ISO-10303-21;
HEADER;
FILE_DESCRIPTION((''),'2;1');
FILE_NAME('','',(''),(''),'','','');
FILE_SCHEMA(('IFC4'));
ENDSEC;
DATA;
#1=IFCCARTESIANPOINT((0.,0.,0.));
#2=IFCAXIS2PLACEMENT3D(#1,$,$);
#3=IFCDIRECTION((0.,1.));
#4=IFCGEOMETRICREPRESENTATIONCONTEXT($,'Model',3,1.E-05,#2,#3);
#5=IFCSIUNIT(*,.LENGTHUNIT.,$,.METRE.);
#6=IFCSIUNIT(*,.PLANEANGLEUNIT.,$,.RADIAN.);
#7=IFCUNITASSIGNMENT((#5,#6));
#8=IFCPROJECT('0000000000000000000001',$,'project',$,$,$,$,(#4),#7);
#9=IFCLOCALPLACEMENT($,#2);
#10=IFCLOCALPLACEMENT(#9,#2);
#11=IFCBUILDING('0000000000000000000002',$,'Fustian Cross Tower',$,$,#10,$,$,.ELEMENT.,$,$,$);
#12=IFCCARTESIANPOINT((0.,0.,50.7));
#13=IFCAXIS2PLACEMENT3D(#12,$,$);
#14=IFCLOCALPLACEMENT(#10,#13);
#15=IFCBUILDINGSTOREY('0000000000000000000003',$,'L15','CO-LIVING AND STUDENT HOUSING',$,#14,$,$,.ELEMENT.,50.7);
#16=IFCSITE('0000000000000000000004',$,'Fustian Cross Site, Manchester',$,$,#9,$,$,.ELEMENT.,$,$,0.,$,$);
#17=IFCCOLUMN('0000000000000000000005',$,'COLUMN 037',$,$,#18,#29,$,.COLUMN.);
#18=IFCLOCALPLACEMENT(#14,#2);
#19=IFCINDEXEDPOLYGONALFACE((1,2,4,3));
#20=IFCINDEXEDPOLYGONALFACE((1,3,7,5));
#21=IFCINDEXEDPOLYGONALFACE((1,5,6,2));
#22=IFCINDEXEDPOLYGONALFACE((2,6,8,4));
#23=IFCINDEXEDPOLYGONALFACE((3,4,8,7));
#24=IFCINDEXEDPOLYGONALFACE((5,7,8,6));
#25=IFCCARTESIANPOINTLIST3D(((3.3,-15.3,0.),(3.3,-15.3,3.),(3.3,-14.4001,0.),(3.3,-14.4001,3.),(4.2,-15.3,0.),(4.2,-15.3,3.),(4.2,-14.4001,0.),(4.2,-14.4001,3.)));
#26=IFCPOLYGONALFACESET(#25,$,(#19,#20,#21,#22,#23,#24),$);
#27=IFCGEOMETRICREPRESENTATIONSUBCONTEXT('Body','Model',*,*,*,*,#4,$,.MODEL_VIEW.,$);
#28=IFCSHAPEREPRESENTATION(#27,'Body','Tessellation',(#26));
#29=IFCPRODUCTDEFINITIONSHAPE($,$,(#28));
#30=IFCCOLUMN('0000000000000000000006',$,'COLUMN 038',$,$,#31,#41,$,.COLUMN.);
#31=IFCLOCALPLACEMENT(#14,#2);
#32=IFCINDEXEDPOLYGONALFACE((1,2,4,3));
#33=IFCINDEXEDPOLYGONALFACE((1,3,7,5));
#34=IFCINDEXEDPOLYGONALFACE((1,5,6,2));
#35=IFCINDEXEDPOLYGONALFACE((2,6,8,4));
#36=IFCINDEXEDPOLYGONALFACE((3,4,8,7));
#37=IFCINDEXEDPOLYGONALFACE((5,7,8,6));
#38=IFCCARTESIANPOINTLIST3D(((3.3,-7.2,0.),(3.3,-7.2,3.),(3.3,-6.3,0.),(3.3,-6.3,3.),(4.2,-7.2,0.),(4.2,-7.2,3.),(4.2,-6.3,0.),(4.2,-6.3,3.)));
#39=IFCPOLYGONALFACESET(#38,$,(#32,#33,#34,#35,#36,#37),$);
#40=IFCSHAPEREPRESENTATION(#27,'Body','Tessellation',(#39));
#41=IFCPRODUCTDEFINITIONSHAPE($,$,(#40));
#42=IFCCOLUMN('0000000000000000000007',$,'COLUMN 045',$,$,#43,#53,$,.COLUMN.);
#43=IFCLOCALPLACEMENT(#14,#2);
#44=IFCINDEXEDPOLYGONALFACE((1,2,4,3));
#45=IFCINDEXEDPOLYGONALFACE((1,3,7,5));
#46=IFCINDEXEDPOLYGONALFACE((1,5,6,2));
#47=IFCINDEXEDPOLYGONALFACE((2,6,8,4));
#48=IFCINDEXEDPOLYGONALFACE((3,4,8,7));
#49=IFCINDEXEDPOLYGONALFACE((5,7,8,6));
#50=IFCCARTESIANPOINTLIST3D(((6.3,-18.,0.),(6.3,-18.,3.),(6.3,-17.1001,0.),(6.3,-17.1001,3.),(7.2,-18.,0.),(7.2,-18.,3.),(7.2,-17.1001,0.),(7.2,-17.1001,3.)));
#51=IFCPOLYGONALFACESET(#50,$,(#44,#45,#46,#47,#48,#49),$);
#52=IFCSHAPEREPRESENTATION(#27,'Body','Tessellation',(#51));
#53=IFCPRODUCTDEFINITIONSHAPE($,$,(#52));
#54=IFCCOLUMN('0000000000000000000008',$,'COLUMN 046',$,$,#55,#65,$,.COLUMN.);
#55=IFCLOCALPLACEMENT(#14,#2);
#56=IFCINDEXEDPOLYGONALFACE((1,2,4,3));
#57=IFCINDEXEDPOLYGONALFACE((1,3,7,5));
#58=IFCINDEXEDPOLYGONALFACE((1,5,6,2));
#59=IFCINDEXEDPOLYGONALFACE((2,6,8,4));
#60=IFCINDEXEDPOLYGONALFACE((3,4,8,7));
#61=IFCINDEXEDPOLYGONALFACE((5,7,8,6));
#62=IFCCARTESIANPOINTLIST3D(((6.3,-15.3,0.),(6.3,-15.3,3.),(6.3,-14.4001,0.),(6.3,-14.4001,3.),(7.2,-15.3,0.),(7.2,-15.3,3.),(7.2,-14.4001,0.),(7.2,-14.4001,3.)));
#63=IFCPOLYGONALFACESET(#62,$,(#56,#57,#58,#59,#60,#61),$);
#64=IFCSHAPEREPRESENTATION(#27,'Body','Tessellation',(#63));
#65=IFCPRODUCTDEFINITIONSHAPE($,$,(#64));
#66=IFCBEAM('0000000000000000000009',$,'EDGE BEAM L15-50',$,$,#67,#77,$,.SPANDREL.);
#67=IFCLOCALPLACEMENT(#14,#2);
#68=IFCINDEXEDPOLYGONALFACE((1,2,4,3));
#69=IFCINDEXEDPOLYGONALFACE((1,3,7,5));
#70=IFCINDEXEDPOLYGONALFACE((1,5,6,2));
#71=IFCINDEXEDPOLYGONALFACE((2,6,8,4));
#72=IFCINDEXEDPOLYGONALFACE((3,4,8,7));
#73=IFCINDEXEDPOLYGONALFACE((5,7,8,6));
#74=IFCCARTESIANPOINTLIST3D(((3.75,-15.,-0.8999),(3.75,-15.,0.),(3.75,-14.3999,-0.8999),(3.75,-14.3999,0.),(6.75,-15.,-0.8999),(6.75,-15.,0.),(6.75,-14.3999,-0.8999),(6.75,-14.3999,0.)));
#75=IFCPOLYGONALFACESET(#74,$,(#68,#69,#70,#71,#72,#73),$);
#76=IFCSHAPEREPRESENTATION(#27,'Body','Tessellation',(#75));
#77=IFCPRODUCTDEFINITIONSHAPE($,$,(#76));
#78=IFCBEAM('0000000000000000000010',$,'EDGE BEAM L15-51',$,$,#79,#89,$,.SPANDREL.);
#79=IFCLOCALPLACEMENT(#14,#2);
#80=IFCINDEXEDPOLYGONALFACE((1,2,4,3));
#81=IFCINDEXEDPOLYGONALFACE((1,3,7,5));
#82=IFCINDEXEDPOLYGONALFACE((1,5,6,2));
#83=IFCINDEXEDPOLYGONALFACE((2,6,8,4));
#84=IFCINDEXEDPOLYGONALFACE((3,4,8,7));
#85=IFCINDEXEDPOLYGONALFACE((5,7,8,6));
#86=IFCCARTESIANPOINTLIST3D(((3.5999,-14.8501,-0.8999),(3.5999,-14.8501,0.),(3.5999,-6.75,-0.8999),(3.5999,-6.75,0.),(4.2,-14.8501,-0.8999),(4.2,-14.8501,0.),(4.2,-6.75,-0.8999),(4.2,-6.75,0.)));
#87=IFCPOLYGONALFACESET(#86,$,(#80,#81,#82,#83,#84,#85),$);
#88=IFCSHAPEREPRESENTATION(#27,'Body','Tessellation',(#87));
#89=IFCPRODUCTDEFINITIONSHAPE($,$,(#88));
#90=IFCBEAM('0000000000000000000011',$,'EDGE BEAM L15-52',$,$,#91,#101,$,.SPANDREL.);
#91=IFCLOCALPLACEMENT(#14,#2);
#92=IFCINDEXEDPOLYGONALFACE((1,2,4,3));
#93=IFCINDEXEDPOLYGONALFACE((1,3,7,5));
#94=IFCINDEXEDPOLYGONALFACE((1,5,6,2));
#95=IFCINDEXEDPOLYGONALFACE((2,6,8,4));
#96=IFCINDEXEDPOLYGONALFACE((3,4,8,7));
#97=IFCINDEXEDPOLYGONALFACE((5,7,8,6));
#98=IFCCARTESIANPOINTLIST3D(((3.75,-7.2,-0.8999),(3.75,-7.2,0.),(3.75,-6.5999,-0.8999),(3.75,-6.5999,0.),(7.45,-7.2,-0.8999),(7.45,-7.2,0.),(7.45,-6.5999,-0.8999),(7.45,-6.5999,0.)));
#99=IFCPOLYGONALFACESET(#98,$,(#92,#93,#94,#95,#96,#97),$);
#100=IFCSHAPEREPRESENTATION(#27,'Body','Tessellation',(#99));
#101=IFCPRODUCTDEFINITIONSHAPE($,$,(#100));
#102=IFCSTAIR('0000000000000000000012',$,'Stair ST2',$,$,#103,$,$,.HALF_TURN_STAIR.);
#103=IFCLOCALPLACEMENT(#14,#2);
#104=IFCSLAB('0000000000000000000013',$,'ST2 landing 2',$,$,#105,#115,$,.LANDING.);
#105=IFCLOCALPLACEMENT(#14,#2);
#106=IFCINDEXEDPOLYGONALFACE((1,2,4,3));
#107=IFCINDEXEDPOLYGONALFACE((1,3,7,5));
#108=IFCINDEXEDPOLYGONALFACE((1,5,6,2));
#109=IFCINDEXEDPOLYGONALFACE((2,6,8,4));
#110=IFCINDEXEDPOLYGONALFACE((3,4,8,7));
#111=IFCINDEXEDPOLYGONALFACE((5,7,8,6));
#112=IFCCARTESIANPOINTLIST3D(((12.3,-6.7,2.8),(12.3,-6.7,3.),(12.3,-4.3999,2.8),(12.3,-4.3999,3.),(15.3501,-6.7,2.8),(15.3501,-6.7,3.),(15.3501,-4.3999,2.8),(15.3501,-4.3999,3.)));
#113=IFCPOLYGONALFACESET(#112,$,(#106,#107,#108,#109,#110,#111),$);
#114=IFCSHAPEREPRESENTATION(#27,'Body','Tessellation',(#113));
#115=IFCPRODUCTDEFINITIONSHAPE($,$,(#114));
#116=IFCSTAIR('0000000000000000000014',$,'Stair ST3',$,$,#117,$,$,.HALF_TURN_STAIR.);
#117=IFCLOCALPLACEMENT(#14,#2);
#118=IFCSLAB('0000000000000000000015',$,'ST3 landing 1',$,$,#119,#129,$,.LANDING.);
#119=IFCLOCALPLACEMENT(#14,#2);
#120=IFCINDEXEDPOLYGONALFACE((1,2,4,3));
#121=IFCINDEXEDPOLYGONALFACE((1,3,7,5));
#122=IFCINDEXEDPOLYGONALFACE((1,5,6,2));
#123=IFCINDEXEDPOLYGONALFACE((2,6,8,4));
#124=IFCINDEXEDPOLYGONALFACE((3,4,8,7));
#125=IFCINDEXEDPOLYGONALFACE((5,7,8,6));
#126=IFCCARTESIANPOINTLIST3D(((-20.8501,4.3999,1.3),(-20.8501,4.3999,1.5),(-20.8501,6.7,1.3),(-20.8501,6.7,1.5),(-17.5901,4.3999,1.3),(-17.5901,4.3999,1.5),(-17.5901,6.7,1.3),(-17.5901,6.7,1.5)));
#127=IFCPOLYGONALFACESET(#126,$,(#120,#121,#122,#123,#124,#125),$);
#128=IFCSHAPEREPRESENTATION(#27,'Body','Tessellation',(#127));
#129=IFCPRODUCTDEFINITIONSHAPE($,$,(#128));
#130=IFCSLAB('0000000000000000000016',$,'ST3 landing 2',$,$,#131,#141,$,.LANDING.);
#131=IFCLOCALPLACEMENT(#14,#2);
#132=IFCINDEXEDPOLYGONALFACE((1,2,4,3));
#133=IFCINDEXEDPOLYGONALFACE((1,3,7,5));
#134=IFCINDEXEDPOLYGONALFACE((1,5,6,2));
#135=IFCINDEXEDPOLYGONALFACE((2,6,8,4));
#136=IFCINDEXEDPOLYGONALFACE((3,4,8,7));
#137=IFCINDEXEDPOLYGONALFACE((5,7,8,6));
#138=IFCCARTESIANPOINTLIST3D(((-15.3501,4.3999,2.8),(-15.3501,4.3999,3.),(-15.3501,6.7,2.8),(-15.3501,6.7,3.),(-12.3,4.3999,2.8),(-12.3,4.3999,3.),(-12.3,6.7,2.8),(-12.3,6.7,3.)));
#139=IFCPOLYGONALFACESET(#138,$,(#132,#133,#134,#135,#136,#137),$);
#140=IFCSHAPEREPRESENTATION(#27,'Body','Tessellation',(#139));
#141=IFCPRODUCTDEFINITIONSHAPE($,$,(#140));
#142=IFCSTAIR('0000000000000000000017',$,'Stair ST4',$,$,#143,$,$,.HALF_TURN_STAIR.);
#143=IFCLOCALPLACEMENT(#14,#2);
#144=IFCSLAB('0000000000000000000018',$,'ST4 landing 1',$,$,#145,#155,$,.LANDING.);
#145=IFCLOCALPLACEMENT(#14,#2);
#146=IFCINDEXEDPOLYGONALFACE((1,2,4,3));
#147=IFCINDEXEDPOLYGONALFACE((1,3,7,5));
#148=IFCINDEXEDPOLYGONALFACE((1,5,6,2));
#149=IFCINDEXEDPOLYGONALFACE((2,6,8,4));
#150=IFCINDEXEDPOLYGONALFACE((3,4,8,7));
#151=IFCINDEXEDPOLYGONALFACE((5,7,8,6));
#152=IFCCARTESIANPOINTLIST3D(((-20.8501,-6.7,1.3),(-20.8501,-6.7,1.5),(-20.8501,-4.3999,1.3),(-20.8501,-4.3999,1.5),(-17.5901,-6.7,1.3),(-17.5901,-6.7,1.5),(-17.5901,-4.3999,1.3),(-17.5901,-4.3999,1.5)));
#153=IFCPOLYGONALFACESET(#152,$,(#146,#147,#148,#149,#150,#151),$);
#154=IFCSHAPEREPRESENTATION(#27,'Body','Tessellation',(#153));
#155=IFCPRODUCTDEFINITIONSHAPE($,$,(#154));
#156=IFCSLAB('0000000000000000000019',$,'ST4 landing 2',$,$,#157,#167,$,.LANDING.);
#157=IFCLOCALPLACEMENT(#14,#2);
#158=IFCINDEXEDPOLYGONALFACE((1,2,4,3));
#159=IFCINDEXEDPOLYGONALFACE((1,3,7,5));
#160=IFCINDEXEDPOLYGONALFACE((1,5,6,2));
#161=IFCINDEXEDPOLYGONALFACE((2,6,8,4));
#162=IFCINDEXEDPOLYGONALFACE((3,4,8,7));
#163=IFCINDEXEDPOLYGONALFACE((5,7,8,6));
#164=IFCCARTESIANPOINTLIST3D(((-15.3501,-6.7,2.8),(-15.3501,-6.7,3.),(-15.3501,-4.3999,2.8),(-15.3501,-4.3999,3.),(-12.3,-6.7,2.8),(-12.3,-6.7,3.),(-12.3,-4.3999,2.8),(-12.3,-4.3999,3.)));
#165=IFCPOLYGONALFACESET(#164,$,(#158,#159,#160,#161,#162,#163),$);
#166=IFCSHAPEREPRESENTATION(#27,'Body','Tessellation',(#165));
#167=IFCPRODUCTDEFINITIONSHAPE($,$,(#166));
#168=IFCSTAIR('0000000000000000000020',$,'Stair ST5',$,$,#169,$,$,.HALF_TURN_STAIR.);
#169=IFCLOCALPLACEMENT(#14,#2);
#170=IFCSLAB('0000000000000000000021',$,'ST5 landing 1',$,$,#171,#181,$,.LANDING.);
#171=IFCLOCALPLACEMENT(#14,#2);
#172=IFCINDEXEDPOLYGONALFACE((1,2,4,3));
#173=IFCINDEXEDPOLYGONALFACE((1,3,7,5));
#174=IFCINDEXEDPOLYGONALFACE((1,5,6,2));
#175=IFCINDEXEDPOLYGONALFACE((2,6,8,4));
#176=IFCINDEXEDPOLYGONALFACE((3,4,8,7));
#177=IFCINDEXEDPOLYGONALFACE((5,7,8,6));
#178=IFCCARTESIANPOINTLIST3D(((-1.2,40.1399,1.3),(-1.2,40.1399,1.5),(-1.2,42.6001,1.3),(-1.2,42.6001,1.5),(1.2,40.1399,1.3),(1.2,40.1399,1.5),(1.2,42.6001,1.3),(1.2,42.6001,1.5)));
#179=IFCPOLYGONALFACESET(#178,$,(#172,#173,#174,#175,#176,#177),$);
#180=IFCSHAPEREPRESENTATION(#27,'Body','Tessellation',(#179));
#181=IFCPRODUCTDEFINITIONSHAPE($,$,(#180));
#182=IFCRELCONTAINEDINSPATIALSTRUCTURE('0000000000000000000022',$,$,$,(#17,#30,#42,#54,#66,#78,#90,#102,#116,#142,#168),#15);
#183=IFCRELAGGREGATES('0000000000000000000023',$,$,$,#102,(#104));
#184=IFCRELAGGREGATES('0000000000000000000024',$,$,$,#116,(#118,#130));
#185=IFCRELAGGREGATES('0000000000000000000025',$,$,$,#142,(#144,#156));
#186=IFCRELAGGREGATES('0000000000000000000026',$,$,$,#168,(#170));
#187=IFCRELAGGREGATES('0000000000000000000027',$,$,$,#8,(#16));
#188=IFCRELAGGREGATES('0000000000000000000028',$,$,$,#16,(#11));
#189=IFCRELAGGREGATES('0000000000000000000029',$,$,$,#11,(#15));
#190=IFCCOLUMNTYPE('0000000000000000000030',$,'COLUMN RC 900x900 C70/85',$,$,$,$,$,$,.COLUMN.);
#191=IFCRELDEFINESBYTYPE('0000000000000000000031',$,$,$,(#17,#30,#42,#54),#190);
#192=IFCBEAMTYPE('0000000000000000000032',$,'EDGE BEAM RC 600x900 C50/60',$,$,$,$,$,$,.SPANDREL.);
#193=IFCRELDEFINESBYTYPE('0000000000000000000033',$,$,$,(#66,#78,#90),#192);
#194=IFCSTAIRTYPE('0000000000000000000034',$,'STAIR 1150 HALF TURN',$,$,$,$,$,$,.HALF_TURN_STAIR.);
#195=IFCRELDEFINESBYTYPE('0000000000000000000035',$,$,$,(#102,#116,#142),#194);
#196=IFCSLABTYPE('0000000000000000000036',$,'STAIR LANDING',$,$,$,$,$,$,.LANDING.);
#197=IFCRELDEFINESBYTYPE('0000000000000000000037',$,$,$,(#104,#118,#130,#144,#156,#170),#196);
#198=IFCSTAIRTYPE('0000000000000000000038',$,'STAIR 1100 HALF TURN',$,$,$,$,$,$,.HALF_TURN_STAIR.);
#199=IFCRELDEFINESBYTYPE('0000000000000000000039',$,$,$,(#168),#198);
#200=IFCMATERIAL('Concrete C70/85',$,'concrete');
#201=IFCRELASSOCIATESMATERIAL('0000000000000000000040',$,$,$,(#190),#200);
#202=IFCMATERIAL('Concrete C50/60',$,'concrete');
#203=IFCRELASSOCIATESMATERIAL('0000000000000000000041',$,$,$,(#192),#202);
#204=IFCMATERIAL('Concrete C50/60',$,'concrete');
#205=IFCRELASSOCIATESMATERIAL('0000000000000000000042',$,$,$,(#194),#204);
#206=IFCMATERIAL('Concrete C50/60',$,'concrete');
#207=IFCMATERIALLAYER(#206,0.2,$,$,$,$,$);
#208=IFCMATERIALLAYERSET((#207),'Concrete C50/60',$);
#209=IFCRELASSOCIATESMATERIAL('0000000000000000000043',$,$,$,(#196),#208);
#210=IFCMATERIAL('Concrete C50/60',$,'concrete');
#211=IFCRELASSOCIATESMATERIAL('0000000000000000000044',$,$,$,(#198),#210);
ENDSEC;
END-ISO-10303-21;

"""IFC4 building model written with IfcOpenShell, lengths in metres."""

from ifc_helpers import new_model, si_unit, direction, frame, origin, origin_2d, place, context, subcontext, project, spatial, polyline, rectangle, outline, extrude, material, layer, layer_set, material_profile, profile_set, type_object, element, aggregate, save


model = new_model("IFC4")

# Units and contexts
model_context = context("Model", 3, precision=1e-05, world=origin(), true_north=direction((0.0, 1.0)))
body_context = subcontext(model_context, "Body", "Model", "MODEL_VIEW")
ifc_project = project(units=[si_unit("LENGTHUNIT", "METRE"), si_unit("PLANEANGLEUNIT", "RADIAN")], contexts=[model_context])

# Site, building, storey
site_placement = place(None, origin())
site = spatial("IfcSite", under=ifc_project, at=site_placement, Name="Fustian Cross Site, Manchester", CompositionType="ELEMENT", RefElevation=0.0)
building_placement = place(site_placement, origin())
building = spatial("IfcBuilding", under=site, at=building_placement, Name="Fustian Cross Tower", CompositionType="ELEMENT")
storey_placement = place(building_placement, frame((0.0, 0.0, 50.7)))
storey = spatial("IfcBuildingStorey", under=building, at=storey_placement, Name="L15", Description="CO-LIVING AND STUDENT HOUSING", CompositionType="ELEMENT", Elevation=50.7)

# Columns
ifc_material_1 = material(Name="Concrete C70/85", Category="concrete")
ifc_material_profile_1 = material_profile(ifc_material_1, rectangle(XDim=0.8999, YDim=0.8999, at=origin_2d()), Name="RC 900x900")
ifc_profile_set_1 = profile_set([ifc_material_profile_1], Name="Concrete C70/85")
column_type = type_object("IfcColumnType", Name="COLUMN RC 900x900 C70/85", PredefinedType="COLUMN", material=ifc_profile_set_1)
for number, where, z_axis, x_axis, name in (
    (1, (3.75, -14.8501, 0.0), (0.0, 0.0, 1.0), (1.0, 0.0, 0.0), "COLUMN 037"),
    (2, (3.75, -6.75, 0.0), (0.0, 0.0, 1.0), (1.0, 0.0, 0.0), "COLUMN 038"),
    (3, (6.75, -17.55, 0.0), (0.0, 0.0, 1.0), (1.0, 0.0, 0.0), "COLUMN 045"),
    (4, (6.75, -14.8501, 0.0), (0.0, 0.0, 1.0), (1.0, 0.0, 0.0), "COLUMN 046"),
):
    element("IfcColumn", number, at=place(storey_placement, frame(where, z_axis=z_axis, x_axis=x_axis)), inside=storey, type_object=column_type, Name=name, PredefinedType="COLUMN", context=body_context, shape_type="SweptSolid", body=[
        extrude(rectangle(XDim=0.8999, YDim=0.8999, at=origin_2d()), origin(), (0.0, 0.0, 1.0), 3.0),
    ])

# Beams
ifc_material_2 = material(Name="Concrete C50/60", Category="concrete")
ifc_material_profile_2 = material_profile(ifc_material_2, rectangle(XDim=0.6001, YDim=0.8999, at=origin_2d()), Name="RC 600x900")
ifc_profile_set_2 = profile_set([ifc_material_profile_2], Name="Concrete C50/60")
beam_type = type_object("IfcBeamType", Name="EDGE BEAM RC 600x900 C50/60", PredefinedType="SPANDREL", material=ifc_profile_set_2)
beam_1_placement = place(storey_placement, frame((6.75, -14.7, -0.45), z_axis=(-1.0, 0.0, 0.0), x_axis=(0.0, -1.0, 0.0)))
element("IfcBeam", 5, at=beam_1_placement, inside=storey, type_object=beam_type, Name="EDGE BEAM L15-50", PredefinedType="SPANDREL", context=body_context, shape_type="SweptSolid", body=[
    extrude(rectangle(XDim=0.6001, YDim=0.8999, at=origin_2d()), origin(), (0.0, 0.0, 1.0), 3.0),
])
beam_2_placement = place(storey_placement, frame((3.8999, -14.8501, -0.45), z_axis=(0.0, 1.0, 0.0), x_axis=(-1.0, 0.0, 0.0)))
element("IfcBeam", 6, at=beam_2_placement, inside=storey, type_object=beam_type, Name="EDGE BEAM L15-51", PredefinedType="SPANDREL", context=body_context, shape_type="SweptSolid", body=[
    extrude(rectangle(XDim=0.6001, YDim=0.8999, at=origin_2d()), origin(), (0.0, 0.0, 1.0), 8.1001),
])
beam_3_placement = place(storey_placement, frame((3.75, -6.8999, -0.45), z_axis=(1.0, 0.0, 0.0), x_axis=(0.0, 1.0, 0.0)))
element("IfcBeam", 7, at=beam_3_placement, inside=storey, type_object=beam_type, Name="EDGE BEAM L15-52", PredefinedType="SPANDREL", context=body_context, shape_type="SweptSolid", body=[
    extrude(rectangle(XDim=0.6001, YDim=0.8999, at=origin_2d()), origin(), (0.0, 0.0, 1.0), 3.7),
])

# Stair, slab
ifc_material_3 = material(Name="Concrete C50/60", Category="concrete")
stair_type_1 = type_object("IfcStairType", Name="STAIR 1150 HALF TURN", PredefinedType="HALF_TURN_STAIR", material=ifc_material_3)
stair_1_placement = place(storey_placement, origin())
stair_1 = element("IfcStair", 8, at=stair_1_placement, inside=storey, type_object=stair_type_1, Name="Stair ST2", PredefinedType="HALF_TURN_STAIR")
ifc_material_4 = material(Name="Concrete C50/60", Category="concrete")
ifc_layer_1 = layer(ifc_material_4, 0.2)
ifc_layer_set_1 = layer_set([ifc_layer_1], Name="Concrete C50/60")
slab_type = type_object("IfcSlabType", Name="STAIR LANDING", PredefinedType="LANDING", material=ifc_layer_set_1)
slab_1_placement = place(storey_placement, frame((0.0, 0.0, 2.8)))
slab_1 = element("IfcSlab", 9, at=slab_1_placement, type_object=slab_type, Name="ST2 landing 2", PredefinedType="LANDING", context=body_context, shape_type="SweptSolid", body=[
    extrude(outline(polyline([(12.3, -4.3999), (15.3501, -4.3999), (15.3501, -6.7), (12.3, -6.7), (12.3, -4.3999)])), origin(), (0.0, 0.0, 1.0), 0.2),
])
aggregate(stair_1, [slab_1])

# Stairs, slabs
stair_2_placement = place(storey_placement, origin())
stair_2 = element("IfcStair", 10, at=stair_2_placement, inside=storey, type_object=stair_type_1, Name="Stair ST3", PredefinedType="HALF_TURN_STAIR")
slab_2_placement = place(storey_placement, frame((0.0, 0.0, 1.3)))
slab_2 = element("IfcSlab", 11, at=slab_2_placement, type_object=slab_type, Name="ST3 landing 1", PredefinedType="LANDING", context=body_context, shape_type="SweptSolid", body=[
    extrude(outline(polyline([(-17.5901, 4.3999), (-20.8501, 4.3999), (-20.8501, 6.7), (-17.5901, 6.7), (-17.5901, 4.3999)])), origin(), (0.0, 0.0, 1.0), 0.2),
])
slab_3_placement = place(storey_placement, frame((0.0, 0.0, 2.8)))
slab_3 = element("IfcSlab", 12, at=slab_3_placement, type_object=slab_type, Name="ST3 landing 2", PredefinedType="LANDING", context=body_context, shape_type="SweptSolid", body=[
    extrude(outline(polyline([(-12.3, 4.3999), (-15.3501, 4.3999), (-15.3501, 6.7), (-12.3, 6.7), (-12.3, 4.3999)])), origin(), (0.0, 0.0, 1.0), 0.2),
])
aggregate(stair_2, [slab_2, slab_3])
stair_3_placement = place(storey_placement, origin())
stair_3 = element("IfcStair", 13, at=stair_3_placement, inside=storey, type_object=stair_type_1, Name="Stair ST4", PredefinedType="HALF_TURN_STAIR")
slab_4_placement = place(storey_placement, frame((0.0, 0.0, 1.3)))
slab_4 = element("IfcSlab", 14, at=slab_4_placement, type_object=slab_type, Name="ST4 landing 1", PredefinedType="LANDING", context=body_context, shape_type="SweptSolid", body=[
    extrude(outline(polyline([(-17.5901, -4.3999), (-20.8501, -4.3999), (-20.8501, -6.7), (-17.5901, -6.7), (-17.5901, -4.3999)])), origin(), (0.0, 0.0, 1.0), 0.2),
])
slab_5_placement = place(storey_placement, frame((0.0, 0.0, 2.8)))
slab_5 = element("IfcSlab", 15, at=slab_5_placement, type_object=slab_type, Name="ST4 landing 2", PredefinedType="LANDING", context=body_context, shape_type="SweptSolid", body=[
    extrude(outline(polyline([(-12.3, -4.3999), (-15.3501, -4.3999), (-15.3501, -6.7), (-12.3, -6.7), (-12.3, -4.3999)])), origin(), (0.0, 0.0, 1.0), 0.2),
])
aggregate(stair_3, [slab_4, slab_5])

# Stair, slab
ifc_material_5 = material(Name="Concrete C50/60", Category="concrete")
stair_type_2 = type_object("IfcStairType", Name="STAIR 1100 HALF TURN", PredefinedType="HALF_TURN_STAIR", material=ifc_material_5)
stair_4_placement = place(storey_placement, origin())
stair_4 = element("IfcStair", 16, at=stair_4_placement, inside=storey, type_object=stair_type_2, Name="Stair ST5", PredefinedType="HALF_TURN_STAIR")
slab_6_placement = place(storey_placement, frame((0.0, 0.0, 1.3)))
slab_6 = element("IfcSlab", 17, at=slab_6_placement, type_object=slab_type, Name="ST5 landing 1", PredefinedType="LANDING", context=body_context, shape_type="SweptSolid", body=[
    extrude(outline(polyline([(-1.2, 40.1399), (-1.2, 42.6001), (1.2, 42.6001), (1.2, 40.1399), (-1.2, 40.1399)])), origin(), (0.0, 0.0, 1.0), 0.2),
])
aggregate(stair_4, [slab_6])

save(model, "model.ifc")
